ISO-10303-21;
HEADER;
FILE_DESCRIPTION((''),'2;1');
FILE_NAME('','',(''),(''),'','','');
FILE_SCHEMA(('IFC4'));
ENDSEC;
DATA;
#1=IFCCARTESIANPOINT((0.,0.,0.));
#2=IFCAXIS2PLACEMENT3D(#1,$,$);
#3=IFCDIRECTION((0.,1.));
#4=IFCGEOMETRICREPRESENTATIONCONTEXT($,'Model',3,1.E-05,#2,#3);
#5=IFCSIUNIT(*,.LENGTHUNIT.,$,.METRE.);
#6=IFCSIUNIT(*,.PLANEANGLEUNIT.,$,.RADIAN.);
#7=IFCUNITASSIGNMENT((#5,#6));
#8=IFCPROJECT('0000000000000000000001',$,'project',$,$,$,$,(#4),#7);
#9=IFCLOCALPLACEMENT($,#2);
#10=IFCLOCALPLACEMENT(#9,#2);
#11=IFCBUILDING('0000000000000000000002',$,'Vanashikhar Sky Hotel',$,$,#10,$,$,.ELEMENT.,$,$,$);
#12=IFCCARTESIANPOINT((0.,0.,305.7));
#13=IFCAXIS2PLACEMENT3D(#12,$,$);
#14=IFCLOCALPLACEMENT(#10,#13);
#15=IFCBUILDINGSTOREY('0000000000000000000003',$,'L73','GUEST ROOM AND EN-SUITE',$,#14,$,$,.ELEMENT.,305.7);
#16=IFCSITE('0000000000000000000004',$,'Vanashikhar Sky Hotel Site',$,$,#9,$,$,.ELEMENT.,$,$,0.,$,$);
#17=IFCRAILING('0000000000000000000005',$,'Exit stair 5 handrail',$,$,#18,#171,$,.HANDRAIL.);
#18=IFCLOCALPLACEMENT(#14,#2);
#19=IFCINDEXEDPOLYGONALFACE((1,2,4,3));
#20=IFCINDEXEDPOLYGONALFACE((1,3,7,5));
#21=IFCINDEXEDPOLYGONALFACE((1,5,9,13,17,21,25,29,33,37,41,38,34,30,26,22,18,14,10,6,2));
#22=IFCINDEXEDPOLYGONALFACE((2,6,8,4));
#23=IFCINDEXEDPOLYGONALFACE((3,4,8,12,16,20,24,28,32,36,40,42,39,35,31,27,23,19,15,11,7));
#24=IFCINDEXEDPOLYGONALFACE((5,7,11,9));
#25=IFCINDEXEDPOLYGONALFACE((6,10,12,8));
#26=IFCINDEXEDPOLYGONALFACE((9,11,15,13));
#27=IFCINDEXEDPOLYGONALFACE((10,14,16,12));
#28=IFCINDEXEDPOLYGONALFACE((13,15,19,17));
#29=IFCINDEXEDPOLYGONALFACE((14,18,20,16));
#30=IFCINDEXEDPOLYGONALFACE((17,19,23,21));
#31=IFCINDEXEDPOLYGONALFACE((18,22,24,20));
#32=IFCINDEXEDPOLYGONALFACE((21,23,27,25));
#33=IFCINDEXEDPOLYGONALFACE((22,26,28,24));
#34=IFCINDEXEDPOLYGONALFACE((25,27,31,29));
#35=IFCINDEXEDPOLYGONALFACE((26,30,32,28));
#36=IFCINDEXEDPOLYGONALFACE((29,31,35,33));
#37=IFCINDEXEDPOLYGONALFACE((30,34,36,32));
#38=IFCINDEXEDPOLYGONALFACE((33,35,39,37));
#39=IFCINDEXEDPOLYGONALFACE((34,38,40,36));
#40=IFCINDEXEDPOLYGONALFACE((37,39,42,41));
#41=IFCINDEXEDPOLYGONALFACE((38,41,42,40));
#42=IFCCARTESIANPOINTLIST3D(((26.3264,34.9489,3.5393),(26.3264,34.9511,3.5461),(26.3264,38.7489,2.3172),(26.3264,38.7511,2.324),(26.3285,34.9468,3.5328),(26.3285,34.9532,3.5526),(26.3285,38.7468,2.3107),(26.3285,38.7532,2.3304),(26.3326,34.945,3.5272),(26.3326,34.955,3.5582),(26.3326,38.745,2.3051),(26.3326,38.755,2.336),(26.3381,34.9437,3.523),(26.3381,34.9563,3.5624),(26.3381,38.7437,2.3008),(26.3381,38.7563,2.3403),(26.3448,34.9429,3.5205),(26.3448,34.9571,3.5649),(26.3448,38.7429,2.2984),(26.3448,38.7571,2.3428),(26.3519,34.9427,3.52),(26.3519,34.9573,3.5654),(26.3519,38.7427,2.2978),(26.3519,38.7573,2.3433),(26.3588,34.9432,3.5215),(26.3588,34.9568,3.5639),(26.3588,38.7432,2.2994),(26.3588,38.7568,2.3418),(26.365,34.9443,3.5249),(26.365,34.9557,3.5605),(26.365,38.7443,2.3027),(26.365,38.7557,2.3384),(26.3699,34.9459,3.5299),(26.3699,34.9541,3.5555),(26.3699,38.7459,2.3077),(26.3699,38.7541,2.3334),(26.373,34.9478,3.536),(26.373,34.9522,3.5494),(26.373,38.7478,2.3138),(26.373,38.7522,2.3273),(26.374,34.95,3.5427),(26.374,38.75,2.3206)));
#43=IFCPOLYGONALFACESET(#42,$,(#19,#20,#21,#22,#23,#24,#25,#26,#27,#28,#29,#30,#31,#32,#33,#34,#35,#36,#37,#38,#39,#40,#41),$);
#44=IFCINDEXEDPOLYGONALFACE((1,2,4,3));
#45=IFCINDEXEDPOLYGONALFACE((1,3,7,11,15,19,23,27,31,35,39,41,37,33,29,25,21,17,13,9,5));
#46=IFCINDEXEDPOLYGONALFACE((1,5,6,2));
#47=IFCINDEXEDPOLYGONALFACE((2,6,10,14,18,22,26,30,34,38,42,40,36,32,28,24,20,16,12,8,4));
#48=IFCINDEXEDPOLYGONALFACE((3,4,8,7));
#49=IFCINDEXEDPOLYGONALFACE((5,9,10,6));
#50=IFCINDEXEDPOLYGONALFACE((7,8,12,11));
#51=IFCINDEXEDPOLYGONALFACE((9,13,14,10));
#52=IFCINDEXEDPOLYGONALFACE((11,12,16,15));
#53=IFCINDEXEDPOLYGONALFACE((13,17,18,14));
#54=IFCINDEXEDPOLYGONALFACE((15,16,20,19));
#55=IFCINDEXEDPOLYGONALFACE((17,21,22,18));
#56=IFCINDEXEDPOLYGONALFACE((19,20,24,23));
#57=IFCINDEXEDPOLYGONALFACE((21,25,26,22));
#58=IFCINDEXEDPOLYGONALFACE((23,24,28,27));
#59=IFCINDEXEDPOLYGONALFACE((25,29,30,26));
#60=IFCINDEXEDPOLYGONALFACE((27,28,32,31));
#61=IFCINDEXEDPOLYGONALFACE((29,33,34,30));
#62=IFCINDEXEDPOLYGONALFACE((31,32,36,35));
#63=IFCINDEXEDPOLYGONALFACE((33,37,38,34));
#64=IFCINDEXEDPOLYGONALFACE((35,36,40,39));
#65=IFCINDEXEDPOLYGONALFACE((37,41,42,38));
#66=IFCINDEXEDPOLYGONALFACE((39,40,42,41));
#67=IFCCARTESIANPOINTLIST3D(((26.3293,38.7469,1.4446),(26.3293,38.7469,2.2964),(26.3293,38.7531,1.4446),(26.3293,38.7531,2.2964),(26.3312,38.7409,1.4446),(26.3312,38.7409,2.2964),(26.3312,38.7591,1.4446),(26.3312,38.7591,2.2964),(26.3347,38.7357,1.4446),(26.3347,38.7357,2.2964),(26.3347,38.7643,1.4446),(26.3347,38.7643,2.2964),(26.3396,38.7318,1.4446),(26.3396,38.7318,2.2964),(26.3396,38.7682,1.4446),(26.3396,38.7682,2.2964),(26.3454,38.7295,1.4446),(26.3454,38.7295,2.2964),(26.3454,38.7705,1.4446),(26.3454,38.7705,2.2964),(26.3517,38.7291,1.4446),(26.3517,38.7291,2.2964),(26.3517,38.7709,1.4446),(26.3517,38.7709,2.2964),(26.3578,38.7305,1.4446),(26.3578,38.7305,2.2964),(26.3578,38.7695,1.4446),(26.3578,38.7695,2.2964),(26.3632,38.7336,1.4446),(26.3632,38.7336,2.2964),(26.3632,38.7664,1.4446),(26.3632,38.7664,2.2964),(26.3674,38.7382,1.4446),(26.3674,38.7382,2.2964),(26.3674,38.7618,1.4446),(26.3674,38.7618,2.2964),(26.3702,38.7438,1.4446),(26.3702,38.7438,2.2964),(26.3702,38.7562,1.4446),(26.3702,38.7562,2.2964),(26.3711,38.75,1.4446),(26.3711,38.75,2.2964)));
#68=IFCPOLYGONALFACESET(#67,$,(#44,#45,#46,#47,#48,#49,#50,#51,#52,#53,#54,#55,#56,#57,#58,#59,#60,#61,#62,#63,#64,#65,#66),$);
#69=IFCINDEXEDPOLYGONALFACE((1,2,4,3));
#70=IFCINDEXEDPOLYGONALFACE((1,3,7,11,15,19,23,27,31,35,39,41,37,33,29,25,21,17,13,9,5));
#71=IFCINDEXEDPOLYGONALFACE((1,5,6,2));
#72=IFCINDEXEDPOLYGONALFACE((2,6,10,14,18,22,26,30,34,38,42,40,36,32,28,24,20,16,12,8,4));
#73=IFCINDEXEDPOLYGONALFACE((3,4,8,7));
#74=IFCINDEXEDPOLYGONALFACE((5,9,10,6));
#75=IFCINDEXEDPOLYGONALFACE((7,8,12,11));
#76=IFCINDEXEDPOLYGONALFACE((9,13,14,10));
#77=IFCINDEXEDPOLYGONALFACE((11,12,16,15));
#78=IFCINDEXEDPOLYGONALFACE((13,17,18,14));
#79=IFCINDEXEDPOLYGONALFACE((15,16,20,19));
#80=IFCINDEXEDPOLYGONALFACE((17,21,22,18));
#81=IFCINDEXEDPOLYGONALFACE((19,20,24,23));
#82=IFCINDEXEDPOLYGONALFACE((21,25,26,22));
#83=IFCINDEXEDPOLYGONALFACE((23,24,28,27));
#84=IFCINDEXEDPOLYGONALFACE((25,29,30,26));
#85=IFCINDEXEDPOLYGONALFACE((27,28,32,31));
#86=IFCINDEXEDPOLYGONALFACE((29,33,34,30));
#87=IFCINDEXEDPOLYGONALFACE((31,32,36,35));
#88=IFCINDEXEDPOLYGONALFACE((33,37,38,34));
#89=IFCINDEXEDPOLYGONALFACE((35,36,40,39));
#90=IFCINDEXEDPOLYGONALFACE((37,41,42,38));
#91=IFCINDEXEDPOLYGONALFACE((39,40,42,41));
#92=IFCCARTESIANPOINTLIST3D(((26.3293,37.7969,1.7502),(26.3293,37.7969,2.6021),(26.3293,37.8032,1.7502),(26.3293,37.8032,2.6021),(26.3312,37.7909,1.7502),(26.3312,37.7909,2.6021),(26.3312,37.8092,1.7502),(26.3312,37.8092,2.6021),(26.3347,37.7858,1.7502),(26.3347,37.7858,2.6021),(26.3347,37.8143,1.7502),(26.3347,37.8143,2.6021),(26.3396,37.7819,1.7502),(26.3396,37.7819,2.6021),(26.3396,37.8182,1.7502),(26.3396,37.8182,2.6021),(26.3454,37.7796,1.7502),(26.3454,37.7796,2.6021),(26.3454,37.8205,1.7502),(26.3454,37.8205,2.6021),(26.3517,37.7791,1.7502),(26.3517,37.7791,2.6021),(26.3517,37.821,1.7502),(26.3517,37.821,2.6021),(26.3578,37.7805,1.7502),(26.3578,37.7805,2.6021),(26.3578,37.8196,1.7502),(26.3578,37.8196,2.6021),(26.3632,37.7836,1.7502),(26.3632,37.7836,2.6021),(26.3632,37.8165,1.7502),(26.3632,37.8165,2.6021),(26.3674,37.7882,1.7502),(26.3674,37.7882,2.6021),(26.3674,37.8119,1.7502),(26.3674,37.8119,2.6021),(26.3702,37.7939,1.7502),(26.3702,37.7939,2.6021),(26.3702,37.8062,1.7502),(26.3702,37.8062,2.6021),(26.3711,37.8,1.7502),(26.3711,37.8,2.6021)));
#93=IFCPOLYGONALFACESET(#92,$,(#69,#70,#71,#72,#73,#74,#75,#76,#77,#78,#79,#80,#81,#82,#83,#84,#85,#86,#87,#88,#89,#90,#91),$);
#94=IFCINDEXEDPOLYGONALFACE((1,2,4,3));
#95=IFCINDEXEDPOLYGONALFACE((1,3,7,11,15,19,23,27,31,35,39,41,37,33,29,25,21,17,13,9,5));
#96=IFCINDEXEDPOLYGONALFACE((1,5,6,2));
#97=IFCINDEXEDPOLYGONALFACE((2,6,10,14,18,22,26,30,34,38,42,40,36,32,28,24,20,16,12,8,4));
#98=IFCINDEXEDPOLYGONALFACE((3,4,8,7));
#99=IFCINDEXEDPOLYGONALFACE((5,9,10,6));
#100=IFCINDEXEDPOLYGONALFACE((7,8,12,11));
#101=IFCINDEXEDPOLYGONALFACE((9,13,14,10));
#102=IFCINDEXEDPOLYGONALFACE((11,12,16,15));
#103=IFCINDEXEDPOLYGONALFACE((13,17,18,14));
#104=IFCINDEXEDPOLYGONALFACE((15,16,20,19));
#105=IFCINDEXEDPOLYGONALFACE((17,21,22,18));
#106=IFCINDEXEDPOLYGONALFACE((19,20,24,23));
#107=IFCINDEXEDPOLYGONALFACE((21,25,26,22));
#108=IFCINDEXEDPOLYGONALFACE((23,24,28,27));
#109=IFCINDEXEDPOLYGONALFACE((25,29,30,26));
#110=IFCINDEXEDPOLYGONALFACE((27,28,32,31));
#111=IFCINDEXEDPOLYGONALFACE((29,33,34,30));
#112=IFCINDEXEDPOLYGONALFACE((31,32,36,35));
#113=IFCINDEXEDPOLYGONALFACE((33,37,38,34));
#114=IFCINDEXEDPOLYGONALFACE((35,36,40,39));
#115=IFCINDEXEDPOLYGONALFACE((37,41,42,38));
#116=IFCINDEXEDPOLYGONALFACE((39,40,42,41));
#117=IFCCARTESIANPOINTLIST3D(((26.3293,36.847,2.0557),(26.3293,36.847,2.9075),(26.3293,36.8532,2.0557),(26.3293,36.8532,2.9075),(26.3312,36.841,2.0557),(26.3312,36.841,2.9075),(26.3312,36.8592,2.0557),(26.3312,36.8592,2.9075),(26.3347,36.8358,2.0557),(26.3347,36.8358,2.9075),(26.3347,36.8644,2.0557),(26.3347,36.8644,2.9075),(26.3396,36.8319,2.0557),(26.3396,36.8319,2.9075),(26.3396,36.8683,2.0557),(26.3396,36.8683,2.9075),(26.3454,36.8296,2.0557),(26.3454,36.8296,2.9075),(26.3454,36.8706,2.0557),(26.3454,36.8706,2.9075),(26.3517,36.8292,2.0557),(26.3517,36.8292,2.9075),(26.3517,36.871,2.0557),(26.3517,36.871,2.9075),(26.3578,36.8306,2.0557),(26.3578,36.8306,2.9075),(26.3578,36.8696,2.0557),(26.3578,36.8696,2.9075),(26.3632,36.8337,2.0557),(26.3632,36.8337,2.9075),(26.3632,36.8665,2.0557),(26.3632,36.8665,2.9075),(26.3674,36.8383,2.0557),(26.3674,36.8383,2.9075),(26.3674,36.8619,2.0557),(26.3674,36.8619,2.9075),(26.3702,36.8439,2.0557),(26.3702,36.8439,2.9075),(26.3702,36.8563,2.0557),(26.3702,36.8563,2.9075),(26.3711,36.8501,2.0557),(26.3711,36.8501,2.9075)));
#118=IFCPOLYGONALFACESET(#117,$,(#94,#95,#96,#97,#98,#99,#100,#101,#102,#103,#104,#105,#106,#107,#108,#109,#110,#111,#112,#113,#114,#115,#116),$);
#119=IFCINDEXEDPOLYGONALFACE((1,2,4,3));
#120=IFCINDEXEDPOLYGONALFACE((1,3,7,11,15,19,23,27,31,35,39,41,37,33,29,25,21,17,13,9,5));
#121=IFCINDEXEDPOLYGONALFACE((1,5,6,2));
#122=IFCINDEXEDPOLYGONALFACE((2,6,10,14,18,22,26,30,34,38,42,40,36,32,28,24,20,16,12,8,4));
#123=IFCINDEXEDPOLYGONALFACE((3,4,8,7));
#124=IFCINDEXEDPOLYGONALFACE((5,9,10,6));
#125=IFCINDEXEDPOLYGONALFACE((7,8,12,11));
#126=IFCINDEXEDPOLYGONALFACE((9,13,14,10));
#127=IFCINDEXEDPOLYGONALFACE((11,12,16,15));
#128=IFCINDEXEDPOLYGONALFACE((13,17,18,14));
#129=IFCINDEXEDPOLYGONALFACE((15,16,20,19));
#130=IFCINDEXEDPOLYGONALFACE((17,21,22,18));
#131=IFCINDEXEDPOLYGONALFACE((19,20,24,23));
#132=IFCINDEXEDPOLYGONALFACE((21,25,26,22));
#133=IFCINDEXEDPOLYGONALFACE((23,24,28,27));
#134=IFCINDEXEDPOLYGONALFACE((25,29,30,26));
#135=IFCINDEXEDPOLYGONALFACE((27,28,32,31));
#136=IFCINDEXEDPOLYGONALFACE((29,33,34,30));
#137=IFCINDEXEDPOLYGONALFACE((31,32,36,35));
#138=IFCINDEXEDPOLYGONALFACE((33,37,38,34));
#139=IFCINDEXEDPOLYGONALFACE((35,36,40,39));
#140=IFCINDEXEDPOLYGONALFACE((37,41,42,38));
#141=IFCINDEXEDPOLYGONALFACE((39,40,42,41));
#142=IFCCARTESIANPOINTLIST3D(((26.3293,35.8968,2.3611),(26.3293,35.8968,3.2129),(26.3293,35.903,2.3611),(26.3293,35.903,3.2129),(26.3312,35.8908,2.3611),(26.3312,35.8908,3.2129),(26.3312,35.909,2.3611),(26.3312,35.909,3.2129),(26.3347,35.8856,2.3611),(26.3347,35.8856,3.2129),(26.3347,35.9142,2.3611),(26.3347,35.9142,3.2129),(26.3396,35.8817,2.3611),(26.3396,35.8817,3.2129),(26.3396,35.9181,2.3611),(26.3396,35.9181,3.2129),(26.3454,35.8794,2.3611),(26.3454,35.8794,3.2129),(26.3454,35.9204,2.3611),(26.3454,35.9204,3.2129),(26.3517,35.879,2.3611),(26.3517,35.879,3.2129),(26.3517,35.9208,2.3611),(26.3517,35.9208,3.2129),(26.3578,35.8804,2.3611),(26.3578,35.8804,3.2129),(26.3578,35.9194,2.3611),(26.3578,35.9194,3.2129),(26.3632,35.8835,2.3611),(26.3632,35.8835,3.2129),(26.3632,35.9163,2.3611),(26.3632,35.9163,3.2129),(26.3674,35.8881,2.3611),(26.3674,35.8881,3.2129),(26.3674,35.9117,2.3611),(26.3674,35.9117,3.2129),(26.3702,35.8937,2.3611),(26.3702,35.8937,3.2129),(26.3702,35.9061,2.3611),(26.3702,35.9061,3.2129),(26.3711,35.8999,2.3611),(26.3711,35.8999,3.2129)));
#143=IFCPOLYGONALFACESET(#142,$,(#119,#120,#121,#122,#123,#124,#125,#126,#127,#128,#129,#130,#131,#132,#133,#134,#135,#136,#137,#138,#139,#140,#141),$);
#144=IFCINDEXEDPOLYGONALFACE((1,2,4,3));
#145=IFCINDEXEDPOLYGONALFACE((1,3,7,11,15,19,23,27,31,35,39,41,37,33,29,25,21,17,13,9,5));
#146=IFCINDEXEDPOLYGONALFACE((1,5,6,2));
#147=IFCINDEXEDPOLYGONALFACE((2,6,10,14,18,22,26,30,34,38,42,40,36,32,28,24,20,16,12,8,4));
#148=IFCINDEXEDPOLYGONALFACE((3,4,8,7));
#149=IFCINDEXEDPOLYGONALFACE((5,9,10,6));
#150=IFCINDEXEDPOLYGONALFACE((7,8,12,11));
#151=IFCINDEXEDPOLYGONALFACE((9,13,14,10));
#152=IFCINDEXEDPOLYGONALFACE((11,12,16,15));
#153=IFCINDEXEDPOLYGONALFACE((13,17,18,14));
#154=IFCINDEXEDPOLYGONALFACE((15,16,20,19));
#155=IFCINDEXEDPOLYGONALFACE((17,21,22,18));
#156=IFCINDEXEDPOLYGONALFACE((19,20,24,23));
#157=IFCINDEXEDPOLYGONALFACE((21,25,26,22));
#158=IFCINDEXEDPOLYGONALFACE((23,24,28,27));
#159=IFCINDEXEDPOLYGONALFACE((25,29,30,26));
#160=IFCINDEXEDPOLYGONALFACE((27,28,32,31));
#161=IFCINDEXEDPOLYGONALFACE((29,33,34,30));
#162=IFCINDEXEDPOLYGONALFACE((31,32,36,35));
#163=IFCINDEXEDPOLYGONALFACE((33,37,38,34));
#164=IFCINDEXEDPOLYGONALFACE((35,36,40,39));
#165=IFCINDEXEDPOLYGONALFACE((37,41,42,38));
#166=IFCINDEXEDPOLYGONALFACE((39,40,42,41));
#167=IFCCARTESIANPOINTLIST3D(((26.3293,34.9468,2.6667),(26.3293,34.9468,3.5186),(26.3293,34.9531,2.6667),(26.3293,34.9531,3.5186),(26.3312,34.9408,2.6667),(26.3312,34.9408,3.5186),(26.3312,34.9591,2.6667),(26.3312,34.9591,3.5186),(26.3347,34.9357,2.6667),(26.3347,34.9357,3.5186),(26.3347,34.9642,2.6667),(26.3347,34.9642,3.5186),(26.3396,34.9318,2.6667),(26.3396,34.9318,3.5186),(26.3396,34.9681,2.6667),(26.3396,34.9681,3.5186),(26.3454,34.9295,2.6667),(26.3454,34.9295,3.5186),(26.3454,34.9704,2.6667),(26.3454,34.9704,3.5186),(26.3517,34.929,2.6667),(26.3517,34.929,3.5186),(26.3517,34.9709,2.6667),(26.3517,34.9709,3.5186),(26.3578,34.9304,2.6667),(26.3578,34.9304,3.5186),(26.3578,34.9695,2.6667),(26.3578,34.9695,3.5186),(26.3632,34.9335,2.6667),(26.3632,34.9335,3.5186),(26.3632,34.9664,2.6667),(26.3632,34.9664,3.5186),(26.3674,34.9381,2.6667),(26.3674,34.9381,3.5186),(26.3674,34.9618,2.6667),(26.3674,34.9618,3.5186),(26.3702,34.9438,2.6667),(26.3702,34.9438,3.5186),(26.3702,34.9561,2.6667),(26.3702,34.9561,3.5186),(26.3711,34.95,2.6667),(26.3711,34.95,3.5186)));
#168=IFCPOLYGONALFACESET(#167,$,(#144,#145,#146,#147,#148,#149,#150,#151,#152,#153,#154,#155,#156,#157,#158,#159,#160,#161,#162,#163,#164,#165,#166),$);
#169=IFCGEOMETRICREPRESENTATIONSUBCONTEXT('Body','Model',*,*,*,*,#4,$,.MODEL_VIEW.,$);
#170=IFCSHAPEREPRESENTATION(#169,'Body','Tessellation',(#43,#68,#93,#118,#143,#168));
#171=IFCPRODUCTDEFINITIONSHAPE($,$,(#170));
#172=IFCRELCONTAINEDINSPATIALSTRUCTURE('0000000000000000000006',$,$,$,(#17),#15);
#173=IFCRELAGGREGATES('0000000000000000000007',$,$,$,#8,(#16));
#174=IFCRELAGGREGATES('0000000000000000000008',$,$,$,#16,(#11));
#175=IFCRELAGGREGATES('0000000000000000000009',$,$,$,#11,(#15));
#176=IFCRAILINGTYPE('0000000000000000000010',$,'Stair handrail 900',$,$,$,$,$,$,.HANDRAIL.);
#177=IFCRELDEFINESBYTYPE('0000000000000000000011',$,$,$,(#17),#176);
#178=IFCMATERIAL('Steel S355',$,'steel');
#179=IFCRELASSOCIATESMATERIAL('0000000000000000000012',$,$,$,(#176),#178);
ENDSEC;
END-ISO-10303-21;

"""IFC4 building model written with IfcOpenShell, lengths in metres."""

from ifc_helpers import new_model, si_unit, direction, frame, origin, origin_2d, place, context, subcontext, project, spatial, circle, extrude, source, transform, mapped, material, type_object, element, save


model = new_model("IFC4")

# Units and contexts
model_context = context("Model", 3, precision=1e-05, world=origin(), true_north=direction((0.0, 1.0)))
body_context = subcontext(model_context, "Body", "Model", "MODEL_VIEW")
ifc_project = project(units=[si_unit("LENGTHUNIT", "METRE"), si_unit("PLANEANGLEUNIT", "RADIAN")], contexts=[model_context])

# Site, building, storey
site_placement = place(None, origin())
site = spatial("IfcSite", under=ifc_project, at=site_placement, Name="Vanashikhar Sky Hotel Site", CompositionType="ELEMENT", RefElevation=0.0)
building_placement = place(site_placement, origin())
building = spatial("IfcBuilding", under=site, at=building_placement, Name="Vanashikhar Sky Hotel", CompositionType="ELEMENT")
storey_placement = place(building_placement, frame((0.0, 0.0, 305.7)))
storey = spatial("IfcBuildingStorey", under=building, at=storey_placement, Name="L73", Description="GUEST ROOM AND EN-SUITE", CompositionType="ELEMENT", Elevation=305.7)

# Railing
ifc_material_1 = material(Name="Steel S355", Category="steel")
railing_type_1 = type_object("IfcRailingType", Name="Stair handrail 900", PredefinedType="HANDRAIL", material=ifc_material_1)
shared_shape_1 = source(origin(), body_context, "Body", "SweptSolid", [
    extrude(circle(Radius=0.0239, at=origin_2d()), frame((0.0, 0.0, 0.876), z_axis=(0.0, -0.951976, 0.306173), x_axis=(1.0, 0.0, 0.0)), (0.0, 0.0, 1.0), 3.9917),
    extrude(circle(Radius=0.021, at=origin_2d()), origin(), (0.0, 0.0, 1.0), 0.8518),
    extrude(circle(Radius=0.021, at=origin_2d()), frame((0.0, -0.95, 0.3057)), (0.0, 0.0, 1.0), 0.8518),
    extrude(circle(Radius=0.021, at=origin_2d()), frame((0.0, -1.8999, 0.6111)), (0.0, 0.0, 1.0), 0.8518),
    extrude(circle(Radius=0.021, at=origin_2d()), frame((0.0, -2.8501, 0.9165)), (0.0, 0.0, 1.0), 0.8518),
    extrude(circle(Radius=0.021, at=origin_2d()), frame((0.0, -3.8, 1.2222)), (0.0, 0.0, 1.0), 0.8518),
])
for number, where, name in (
    (1, (26.3501, 38.75, 1.4446), "Exit stair 5 handrail"),
):
    element("IfcRailing", number, at=place(storey_placement, frame(where)), inside=storey, type_object=railing_type_1, Name=name, PredefinedType="HANDRAIL", context=body_context, shape_type="MappedRepresentation", body=[
        mapped(shared_shape_1, transform((0.0, 0.0, 0.0), scale=1.0)),
    ])

save(model, "model.ifc")
